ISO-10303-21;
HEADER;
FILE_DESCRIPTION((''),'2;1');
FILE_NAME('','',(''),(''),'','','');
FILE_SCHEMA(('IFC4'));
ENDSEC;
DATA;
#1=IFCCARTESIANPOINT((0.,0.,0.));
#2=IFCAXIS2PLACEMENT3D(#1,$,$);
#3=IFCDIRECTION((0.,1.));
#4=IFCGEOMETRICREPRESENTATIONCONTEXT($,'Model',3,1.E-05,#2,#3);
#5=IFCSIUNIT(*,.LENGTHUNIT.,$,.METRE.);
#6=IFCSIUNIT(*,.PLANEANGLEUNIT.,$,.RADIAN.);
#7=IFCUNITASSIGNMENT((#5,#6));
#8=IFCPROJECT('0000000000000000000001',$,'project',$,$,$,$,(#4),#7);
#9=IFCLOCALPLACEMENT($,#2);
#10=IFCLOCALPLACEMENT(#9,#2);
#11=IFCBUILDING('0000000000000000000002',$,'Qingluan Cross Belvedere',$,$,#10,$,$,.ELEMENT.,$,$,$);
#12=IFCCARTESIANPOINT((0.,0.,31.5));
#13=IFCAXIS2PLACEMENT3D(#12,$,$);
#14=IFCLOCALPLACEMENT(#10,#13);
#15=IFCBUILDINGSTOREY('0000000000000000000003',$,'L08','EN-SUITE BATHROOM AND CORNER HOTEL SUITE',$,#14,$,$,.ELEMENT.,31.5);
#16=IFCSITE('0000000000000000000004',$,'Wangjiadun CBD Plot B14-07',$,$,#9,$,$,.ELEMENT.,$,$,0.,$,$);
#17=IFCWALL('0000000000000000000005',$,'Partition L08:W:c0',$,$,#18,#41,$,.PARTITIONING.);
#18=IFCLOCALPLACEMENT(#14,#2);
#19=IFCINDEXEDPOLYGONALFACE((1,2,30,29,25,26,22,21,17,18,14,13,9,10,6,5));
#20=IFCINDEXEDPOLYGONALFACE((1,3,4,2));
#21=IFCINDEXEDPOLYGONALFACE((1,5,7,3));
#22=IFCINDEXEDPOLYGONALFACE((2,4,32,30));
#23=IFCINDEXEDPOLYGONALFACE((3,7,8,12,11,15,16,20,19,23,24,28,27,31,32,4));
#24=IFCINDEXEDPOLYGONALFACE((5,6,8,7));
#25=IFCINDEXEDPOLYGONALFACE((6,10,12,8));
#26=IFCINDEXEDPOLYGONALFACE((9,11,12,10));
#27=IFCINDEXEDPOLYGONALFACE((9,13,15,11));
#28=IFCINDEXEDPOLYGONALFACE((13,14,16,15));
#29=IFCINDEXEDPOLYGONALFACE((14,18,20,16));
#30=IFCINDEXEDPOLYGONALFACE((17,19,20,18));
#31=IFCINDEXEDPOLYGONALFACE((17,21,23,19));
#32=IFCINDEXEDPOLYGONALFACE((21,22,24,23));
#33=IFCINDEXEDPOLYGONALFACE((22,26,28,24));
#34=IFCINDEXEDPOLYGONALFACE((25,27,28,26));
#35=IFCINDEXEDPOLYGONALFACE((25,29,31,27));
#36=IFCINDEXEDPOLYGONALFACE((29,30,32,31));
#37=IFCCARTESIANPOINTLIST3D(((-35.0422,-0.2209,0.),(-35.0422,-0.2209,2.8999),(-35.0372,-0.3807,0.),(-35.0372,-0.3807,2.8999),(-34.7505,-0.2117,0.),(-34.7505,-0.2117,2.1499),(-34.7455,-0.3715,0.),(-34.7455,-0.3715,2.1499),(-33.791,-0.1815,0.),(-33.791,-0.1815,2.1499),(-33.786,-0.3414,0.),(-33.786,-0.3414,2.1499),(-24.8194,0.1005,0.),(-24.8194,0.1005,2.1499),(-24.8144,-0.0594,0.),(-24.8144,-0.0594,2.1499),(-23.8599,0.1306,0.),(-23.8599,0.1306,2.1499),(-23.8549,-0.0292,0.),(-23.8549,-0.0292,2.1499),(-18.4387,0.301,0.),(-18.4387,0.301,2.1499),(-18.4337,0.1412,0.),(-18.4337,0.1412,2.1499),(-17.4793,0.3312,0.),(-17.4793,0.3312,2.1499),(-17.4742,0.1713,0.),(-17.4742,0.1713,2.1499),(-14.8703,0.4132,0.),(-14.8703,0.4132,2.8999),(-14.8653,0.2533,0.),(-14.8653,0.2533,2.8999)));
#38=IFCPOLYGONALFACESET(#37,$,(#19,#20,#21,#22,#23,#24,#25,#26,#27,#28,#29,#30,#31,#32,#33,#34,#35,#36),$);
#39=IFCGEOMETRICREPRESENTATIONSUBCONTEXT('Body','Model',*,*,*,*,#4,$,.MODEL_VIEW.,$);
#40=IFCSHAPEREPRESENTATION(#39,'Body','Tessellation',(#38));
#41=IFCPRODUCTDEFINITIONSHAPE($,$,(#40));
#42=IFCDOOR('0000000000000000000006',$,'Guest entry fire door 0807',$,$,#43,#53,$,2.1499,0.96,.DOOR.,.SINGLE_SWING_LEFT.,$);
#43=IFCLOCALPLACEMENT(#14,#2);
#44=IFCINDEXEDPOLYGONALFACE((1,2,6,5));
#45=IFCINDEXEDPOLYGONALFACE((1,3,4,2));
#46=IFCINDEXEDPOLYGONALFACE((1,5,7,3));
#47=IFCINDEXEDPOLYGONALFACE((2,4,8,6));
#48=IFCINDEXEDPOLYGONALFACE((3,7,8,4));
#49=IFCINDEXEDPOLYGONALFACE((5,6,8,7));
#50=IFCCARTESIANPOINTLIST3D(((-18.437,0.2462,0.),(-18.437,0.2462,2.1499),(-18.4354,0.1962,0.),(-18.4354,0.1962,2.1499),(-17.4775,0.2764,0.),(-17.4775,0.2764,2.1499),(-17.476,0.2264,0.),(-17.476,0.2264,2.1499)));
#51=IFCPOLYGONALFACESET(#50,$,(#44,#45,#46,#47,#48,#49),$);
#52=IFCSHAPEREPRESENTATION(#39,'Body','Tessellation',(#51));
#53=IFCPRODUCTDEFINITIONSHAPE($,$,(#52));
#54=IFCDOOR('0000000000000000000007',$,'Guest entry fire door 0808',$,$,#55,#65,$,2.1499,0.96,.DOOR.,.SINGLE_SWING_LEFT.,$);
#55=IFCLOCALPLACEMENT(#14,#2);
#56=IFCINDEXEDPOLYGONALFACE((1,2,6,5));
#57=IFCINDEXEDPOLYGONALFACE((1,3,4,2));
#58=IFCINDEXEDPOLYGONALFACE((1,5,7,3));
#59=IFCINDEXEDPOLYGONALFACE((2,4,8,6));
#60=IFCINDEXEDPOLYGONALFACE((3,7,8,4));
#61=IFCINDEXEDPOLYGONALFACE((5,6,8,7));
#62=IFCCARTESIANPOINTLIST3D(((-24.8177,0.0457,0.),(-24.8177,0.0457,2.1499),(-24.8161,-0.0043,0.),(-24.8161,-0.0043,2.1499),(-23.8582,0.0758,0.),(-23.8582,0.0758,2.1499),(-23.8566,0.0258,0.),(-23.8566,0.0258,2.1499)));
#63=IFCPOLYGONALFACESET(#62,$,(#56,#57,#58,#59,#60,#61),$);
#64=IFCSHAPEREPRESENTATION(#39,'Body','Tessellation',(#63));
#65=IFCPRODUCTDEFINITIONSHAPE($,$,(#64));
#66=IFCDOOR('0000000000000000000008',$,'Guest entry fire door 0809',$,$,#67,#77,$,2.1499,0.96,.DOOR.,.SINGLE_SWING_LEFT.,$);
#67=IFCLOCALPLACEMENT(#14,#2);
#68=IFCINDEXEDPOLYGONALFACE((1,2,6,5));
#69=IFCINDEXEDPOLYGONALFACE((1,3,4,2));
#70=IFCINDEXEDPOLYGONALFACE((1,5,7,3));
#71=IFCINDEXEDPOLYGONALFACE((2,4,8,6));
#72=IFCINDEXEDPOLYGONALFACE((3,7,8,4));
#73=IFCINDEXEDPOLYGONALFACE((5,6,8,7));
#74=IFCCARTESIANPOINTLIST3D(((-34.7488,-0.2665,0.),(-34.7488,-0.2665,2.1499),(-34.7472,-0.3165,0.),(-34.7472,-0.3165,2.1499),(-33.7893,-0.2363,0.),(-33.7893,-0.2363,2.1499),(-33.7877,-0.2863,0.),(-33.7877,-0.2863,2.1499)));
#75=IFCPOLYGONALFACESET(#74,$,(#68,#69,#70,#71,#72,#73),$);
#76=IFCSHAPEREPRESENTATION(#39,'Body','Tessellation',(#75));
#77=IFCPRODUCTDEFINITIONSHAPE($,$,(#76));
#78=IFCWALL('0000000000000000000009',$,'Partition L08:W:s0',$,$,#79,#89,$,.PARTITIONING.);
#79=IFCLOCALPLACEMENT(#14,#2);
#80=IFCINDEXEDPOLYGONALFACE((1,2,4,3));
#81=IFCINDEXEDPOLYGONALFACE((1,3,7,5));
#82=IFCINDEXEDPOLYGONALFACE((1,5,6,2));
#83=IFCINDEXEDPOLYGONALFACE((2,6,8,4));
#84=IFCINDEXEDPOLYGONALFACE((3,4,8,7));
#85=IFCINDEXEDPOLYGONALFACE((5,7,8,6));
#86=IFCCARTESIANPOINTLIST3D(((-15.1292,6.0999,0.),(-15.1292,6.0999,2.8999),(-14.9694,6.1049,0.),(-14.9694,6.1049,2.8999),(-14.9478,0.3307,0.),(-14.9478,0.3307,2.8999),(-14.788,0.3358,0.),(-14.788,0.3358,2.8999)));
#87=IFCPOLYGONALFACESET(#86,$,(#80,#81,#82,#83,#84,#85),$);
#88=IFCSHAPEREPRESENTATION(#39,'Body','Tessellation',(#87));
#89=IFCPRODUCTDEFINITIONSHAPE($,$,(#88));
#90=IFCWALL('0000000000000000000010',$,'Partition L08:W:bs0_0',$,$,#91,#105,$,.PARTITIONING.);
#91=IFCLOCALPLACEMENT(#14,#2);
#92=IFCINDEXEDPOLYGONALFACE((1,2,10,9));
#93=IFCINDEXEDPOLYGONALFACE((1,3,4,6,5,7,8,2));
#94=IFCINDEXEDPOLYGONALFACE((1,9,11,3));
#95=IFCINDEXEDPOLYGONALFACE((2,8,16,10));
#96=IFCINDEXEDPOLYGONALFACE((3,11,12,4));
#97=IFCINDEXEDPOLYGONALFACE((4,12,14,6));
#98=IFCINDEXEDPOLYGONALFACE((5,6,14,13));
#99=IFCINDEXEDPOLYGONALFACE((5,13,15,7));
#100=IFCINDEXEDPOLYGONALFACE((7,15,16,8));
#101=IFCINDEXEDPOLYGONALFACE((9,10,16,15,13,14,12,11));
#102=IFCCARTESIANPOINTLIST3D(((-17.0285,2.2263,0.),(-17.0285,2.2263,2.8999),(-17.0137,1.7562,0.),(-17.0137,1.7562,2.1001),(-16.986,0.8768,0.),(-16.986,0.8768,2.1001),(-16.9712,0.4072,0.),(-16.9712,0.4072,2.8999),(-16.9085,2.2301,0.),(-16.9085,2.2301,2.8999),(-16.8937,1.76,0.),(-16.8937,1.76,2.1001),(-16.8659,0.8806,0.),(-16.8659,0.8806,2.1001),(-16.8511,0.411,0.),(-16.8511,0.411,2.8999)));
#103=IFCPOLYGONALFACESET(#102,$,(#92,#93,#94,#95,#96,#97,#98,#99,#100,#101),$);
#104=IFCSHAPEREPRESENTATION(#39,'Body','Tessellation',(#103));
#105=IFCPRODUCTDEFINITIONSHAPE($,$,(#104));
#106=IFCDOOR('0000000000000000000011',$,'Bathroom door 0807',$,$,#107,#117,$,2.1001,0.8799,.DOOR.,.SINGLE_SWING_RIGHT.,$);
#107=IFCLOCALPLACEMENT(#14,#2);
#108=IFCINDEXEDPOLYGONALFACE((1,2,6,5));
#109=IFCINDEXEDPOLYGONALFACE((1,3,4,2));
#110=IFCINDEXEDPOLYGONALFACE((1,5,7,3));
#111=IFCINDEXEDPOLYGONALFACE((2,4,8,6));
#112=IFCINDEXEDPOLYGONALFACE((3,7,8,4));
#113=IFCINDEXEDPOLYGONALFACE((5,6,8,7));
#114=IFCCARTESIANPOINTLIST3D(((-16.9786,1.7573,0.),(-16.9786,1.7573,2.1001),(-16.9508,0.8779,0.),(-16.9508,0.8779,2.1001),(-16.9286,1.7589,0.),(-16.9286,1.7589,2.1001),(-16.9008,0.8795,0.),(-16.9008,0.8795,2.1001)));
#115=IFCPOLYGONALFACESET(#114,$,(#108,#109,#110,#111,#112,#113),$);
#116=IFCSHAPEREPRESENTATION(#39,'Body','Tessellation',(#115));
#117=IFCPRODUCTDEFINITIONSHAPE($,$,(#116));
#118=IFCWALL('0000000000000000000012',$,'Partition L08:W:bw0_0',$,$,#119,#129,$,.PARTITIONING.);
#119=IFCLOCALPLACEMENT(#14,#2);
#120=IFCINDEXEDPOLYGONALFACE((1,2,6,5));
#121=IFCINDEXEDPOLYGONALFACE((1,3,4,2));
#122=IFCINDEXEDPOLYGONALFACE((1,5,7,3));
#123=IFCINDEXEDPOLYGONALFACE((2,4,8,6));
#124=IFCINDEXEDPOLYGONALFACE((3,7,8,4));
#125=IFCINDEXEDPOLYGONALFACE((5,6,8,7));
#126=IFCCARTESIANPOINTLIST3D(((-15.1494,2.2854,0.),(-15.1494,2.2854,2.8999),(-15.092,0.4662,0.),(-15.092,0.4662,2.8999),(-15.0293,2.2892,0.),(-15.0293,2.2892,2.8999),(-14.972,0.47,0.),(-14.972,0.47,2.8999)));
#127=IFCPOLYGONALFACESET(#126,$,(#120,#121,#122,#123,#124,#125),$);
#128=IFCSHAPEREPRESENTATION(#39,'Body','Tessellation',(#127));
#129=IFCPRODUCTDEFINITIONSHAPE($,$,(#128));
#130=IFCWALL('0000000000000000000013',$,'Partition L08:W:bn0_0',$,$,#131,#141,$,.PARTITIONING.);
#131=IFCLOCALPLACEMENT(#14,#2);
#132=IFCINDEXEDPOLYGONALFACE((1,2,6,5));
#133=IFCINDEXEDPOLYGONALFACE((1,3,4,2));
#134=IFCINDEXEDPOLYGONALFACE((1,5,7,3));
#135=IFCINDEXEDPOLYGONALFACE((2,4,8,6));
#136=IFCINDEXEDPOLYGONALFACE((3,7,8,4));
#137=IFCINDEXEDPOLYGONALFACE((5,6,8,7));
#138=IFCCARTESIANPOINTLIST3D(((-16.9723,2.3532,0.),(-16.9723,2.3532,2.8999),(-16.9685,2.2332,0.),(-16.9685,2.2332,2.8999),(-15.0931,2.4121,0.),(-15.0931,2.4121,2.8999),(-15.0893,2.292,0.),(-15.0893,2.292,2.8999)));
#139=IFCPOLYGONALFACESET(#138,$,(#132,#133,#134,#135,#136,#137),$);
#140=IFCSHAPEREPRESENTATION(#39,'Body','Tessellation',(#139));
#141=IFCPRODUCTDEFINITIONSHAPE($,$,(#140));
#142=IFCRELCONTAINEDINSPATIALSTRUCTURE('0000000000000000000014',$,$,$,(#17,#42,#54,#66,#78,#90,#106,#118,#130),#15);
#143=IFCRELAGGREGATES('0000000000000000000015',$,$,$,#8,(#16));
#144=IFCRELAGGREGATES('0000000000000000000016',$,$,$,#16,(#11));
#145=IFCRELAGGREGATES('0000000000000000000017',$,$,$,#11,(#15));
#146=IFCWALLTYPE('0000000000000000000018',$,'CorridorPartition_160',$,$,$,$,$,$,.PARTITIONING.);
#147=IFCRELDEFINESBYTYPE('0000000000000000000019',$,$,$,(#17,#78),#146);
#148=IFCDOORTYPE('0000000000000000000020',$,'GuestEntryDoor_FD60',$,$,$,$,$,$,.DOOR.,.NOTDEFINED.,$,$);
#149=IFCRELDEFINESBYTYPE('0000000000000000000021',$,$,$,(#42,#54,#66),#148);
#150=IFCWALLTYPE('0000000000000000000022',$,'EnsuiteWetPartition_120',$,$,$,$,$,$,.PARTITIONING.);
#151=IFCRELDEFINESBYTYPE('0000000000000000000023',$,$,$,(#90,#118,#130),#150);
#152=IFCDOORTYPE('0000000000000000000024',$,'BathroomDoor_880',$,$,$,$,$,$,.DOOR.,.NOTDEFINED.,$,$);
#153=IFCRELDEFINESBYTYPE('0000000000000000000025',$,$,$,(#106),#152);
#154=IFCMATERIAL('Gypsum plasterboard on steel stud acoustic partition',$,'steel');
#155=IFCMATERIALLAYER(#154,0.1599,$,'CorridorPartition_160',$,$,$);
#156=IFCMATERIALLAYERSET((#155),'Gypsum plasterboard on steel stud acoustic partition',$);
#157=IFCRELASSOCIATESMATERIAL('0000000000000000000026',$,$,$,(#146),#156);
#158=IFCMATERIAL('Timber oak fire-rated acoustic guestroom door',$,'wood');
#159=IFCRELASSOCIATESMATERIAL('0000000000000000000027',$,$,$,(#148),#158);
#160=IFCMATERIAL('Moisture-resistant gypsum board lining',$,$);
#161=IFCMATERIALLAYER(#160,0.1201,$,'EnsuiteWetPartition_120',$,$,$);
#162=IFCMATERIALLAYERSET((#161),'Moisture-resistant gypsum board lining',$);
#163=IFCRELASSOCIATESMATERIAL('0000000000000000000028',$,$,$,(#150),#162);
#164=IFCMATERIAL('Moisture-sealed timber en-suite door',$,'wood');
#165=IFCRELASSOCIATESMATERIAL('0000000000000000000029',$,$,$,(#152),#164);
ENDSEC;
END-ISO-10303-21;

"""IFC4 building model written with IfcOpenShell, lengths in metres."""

from ifc_helpers import new_model, si_unit, direction, frame, frame_2d, origin, place, context, subcontext, project, spatial, rectangle, extrude, material, layer, layer_set, type_object, element, fill, save


model = new_model("IFC4")

# Units and contexts
model_context = context("Model", 3, precision=1e-05, world=origin(), true_north=direction((0.0, 1.0)))
body_context = subcontext(model_context, "Body", "Model", "MODEL_VIEW")
ifc_project = project(units=[si_unit("LENGTHUNIT", "METRE"), si_unit("PLANEANGLEUNIT", "RADIAN")], contexts=[model_context])

# Site, building, storey
site_placement = place(None, origin())
site = spatial("IfcSite", under=ifc_project, at=site_placement, Name="Wangjiadun CBD Plot B14-07", CompositionType="ELEMENT", RefElevation=0.0)
building_placement = place(site_placement, origin())
building = spatial("IfcBuilding", under=site, at=building_placement, Name="Qingluan Cross Belvedere", CompositionType="ELEMENT")
storey_placement = place(building_placement, frame((0.0, 0.0, 31.5)))
storey = spatial("IfcBuildingStorey", under=building, at=storey_placement, Name="L08", Description="EN-SUITE BATHROOM AND CORNER HOTEL SUITE", CompositionType="ELEMENT", Elevation=31.5)

# Wall, openings, doors
ifc_material_1 = material(Name="Gypsum plasterboard on steel stud acoustic partition", Category="steel")
ifc_layer_1 = layer(ifc_material_1, 0.1599, Name="CorridorPartition_160")
ifc_layer_set_1 = layer_set([ifc_layer_1], Name="Gypsum plasterboard on steel stud acoustic partition")
wall_type_1 = type_object("IfcWallType", Name="CorridorPartition_160", PredefinedType="PARTITIONING", material=ifc_layer_set_1)
wall_1_placement = place(storey_placement, frame((-14.8679, 0.3333, 0.0), z_axis=(0.0, 0.0, 1.0), x_axis=(-0.999506, -0.031416, 0.0)))
wall_1 = element("IfcWall", 1, at=wall_1_placement, inside=storey, type_object=wall_type_1, Name="Partition L08:W:c0", PredefinedType="PARTITIONING", context=body_context, shape_type="SweptSolid", body=[
    extrude(rectangle(XDim=20.1819, YDim=0.1599, at=frame_2d((10.0908, 0.0))), origin(), (0.0, 0.0, 1.0), 2.8999),
])
opening_1_placement = place(wall_1_placement, frame((2.6101, 0.0, 0.0)))
opening_1 = element("IfcOpeningElement", 2, at=opening_1_placement, cuts=wall_1, PredefinedType="OPENING", context=body_context, shape_type="SweptSolid", body=[
    extrude(rectangle(XDim=0.96, YDim=2.1499, at=frame_2d((0.48, 1.075))), frame((0.0, 0.0898, 0.0), z_axis=(0.0, -1.0, 0.0), x_axis=(1.0, 0.0, 0.0)), (0.0, 0.0, 1.0), 0.1799),
])
opening_2_placement = place(wall_1_placement, frame((8.9939, 0.0, 0.0)))
opening_2 = element("IfcOpeningElement", 3, at=opening_2_placement, cuts=wall_1, PredefinedType="OPENING", context=body_context, shape_type="SweptSolid", body=[
    extrude(rectangle(XDim=0.96, YDim=2.1499, at=frame_2d((0.48, 1.075))), frame((0.0, 0.0898, 0.0), z_axis=(0.0, -1.0, 0.0), x_axis=(1.0, 0.0, 0.0)), (0.0, 0.0, 1.0), 0.1799),
])
opening_3_placement = place(wall_1_placement, frame((18.9299, 0.0, 0.0)))
opening_3 = element("IfcOpeningElement", 4, at=opening_3_placement, cuts=wall_1, PredefinedType="OPENING", context=body_context, shape_type="SweptSolid", body=[
    extrude(rectangle(XDim=0.96, YDim=2.1499, at=frame_2d((0.48, 1.075))), frame((0.0, 0.0898, 0.0), z_axis=(0.0, -1.0, 0.0), x_axis=(1.0, 0.0, 0.0)), (0.0, 0.0, 1.0), 0.1799),
])
ifc_material_2 = material(Name="Timber oak fire-rated acoustic guestroom door", Category="wood")
door_type_1 = type_object("IfcDoorType", Name="GuestEntryDoor_FD60", OperationType="NOTDEFINED", PredefinedType="DOOR", material=ifc_material_2)
door_1_placement = place(opening_1_placement, origin())
door_1 = element("IfcDoor", 5, at=door_1_placement, inside=storey, type_object=door_type_1, Name="Guest entry fire door 0807", OperationType="SINGLE_SWING_LEFT", OverallHeight=2.1499, OverallWidth=0.96, PredefinedType="DOOR", context=body_context, shape_type="SweptSolid", body=[
    extrude(rectangle(XDim=0.96, YDim=2.1499, at=frame_2d((0.48, 1.075))), frame((0.0, 0.0249, 0.0), z_axis=(0.0, -1.0, 0.0), x_axis=(1.0, 0.0, 0.0)), (0.0, 0.0, 1.0), 0.05),
])
fill(opening_1, door_1)
door_2_placement = place(opening_2_placement, origin())
door_2 = element("IfcDoor", 6, at=door_2_placement, inside=storey, type_object=door_type_1, Name="Guest entry fire door 0808", OperationType="SINGLE_SWING_LEFT", OverallHeight=2.1499, OverallWidth=0.96, PredefinedType="DOOR", context=body_context, shape_type="SweptSolid", body=[
    extrude(rectangle(XDim=0.96, YDim=2.1499, at=frame_2d((0.48, 1.075))), frame((0.0, 0.0249, 0.0), z_axis=(0.0, -1.0, 0.0), x_axis=(1.0, 0.0, 0.0)), (0.0, 0.0, 1.0), 0.05),
])
fill(opening_2, door_2)
door_3_placement = place(opening_3_placement, origin())
door_3 = element("IfcDoor", 7, at=door_3_placement, inside=storey, type_object=door_type_1, Name="Guest entry fire door 0809", OperationType="SINGLE_SWING_LEFT", OverallHeight=2.1499, OverallWidth=0.96, PredefinedType="DOOR", context=body_context, shape_type="SweptSolid", body=[
    extrude(rectangle(XDim=0.96, YDim=2.1499, at=frame_2d((0.48, 1.075))), frame((0.0, 0.0249, 0.0), z_axis=(0.0, -1.0, 0.0), x_axis=(1.0, 0.0, 0.0)), (0.0, 0.0, 1.0), 0.05),
])
fill(opening_3, door_3)

# Wall
wall_2_placement = place(storey_placement, frame((-14.8679, 0.3333, 0.0), z_axis=(0.0, 0.0, 1.0), x_axis=(-0.031428, 0.999506, 0.0)))
element("IfcWall", 8, at=wall_2_placement, inside=storey, type_object=wall_type_1, Name="Partition L08:W:s0", PredefinedType="PARTITIONING", context=body_context, shape_type="SweptSolid", body=[
    extrude(rectangle(XDim=5.772, YDim=0.1599, at=frame_2d((2.886, 0.0))), origin(), (0.0, 0.0, 1.0), 2.8999),
])

# Wall, opening, door
ifc_material_3 = material(Name="Moisture-resistant gypsum board lining")
ifc_layer_2 = layer(ifc_material_3, 0.1201, Name="EnsuiteWetPartition_120")
ifc_layer_set_2 = layer_set([ifc_layer_2], Name="Moisture-resistant gypsum board lining")
wall_type_2 = type_object("IfcWallType", Name="EnsuiteWetPartition_120", PredefinedType="PARTITIONING", material=ifc_layer_set_2)
wall_3_placement = place(storey_placement, frame((-16.9111, 0.4089, 0.0), z_axis=(0.0, 0.0, 1.0), x_axis=(-0.031524, 0.999503, 0.0)))
wall_3 = element("IfcWall", 9, at=wall_3_placement, inside=storey, type_object=wall_type_2, Name="Partition L08:W:bs0_0", PredefinedType="PARTITIONING", context=body_context, shape_type="SweptSolid", body=[
    extrude(rectangle(XDim=1.8201, YDim=0.1201, at=frame_2d((0.9102, 0.0))), origin(), (0.0, 0.0, 1.0), 2.8999),
])
opening_4_placement = place(wall_3_placement, frame((0.47, 0.0, 0.0)))
opening_4 = element("IfcOpeningElement", 10, at=opening_4_placement, cuts=wall_3, PredefinedType="OPENING", context=body_context, shape_type="SweptSolid", body=[
    extrude(rectangle(XDim=0.8799, YDim=2.1001, at=frame_2d((0.4399, 1.05))), frame((0.0, 0.0701, 0.0), z_axis=(0.0, -1.0, 0.0), x_axis=(1.0, 0.0, 0.0)), (0.0, 0.0, 1.0), 0.1401),
])
ifc_material_4 = material(Name="Moisture-sealed timber en-suite door", Category="wood")
door_type_2 = type_object("IfcDoorType", Name="BathroomDoor_880", OperationType="NOTDEFINED", PredefinedType="DOOR", material=ifc_material_4)
door_4_placement = place(opening_4_placement, origin())
door_4 = element("IfcDoor", 11, at=door_4_placement, inside=storey, type_object=door_type_2, Name="Bathroom door 0807", OperationType="SINGLE_SWING_RIGHT", OverallHeight=2.1001, OverallWidth=0.8799, PredefinedType="DOOR", context=body_context, shape_type="SweptSolid", body=[
    extrude(rectangle(XDim=0.8799, YDim=2.1001, at=frame_2d((0.4399, 1.05))), frame((0.0, 0.0249, 0.0), z_axis=(0.0, -1.0, 0.0), x_axis=(1.0, 0.0, 0.0)), (0.0, 0.0, 1.0), 0.05),
])
fill(opening_4, door_4)

# Walls
wall_4_placement = place(storey_placement, frame((-15.032, 0.468, 0.0), z_axis=(0.0, 0.0, 1.0), x_axis=(-0.031524, 0.999503, 0.0)))
element("IfcWall", 12, at=wall_4_placement, inside=storey, type_object=wall_type_2, Name="Partition L08:W:bw0_0", PredefinedType="PARTITIONING", context=body_context, shape_type="SweptSolid", body=[
    extrude(rectangle(XDim=1.8201, YDim=0.1201, at=frame_2d((0.9102, 0.0))), origin(), (0.0, 0.0, 1.0), 2.8999),
])
wall_5_placement = place(storey_placement, frame((-15.0913, 2.3521, 0.0), z_axis=(0.0, 0.0, 1.0), x_axis=(-0.99951, -0.031296, 0.0)))
element("IfcWall", 13, at=wall_5_placement, inside=storey, type_object=wall_type_2, Name="Partition L08:W:bn0_0", PredefinedType="PARTITIONING", context=body_context, shape_type="SweptSolid", body=[
    extrude(rectangle(XDim=1.8801, YDim=0.1201, at=frame_2d((0.9399, 0.0))), origin(), (0.0, 0.0, 1.0), 2.8999),
])

save(model, "model.ifc")
